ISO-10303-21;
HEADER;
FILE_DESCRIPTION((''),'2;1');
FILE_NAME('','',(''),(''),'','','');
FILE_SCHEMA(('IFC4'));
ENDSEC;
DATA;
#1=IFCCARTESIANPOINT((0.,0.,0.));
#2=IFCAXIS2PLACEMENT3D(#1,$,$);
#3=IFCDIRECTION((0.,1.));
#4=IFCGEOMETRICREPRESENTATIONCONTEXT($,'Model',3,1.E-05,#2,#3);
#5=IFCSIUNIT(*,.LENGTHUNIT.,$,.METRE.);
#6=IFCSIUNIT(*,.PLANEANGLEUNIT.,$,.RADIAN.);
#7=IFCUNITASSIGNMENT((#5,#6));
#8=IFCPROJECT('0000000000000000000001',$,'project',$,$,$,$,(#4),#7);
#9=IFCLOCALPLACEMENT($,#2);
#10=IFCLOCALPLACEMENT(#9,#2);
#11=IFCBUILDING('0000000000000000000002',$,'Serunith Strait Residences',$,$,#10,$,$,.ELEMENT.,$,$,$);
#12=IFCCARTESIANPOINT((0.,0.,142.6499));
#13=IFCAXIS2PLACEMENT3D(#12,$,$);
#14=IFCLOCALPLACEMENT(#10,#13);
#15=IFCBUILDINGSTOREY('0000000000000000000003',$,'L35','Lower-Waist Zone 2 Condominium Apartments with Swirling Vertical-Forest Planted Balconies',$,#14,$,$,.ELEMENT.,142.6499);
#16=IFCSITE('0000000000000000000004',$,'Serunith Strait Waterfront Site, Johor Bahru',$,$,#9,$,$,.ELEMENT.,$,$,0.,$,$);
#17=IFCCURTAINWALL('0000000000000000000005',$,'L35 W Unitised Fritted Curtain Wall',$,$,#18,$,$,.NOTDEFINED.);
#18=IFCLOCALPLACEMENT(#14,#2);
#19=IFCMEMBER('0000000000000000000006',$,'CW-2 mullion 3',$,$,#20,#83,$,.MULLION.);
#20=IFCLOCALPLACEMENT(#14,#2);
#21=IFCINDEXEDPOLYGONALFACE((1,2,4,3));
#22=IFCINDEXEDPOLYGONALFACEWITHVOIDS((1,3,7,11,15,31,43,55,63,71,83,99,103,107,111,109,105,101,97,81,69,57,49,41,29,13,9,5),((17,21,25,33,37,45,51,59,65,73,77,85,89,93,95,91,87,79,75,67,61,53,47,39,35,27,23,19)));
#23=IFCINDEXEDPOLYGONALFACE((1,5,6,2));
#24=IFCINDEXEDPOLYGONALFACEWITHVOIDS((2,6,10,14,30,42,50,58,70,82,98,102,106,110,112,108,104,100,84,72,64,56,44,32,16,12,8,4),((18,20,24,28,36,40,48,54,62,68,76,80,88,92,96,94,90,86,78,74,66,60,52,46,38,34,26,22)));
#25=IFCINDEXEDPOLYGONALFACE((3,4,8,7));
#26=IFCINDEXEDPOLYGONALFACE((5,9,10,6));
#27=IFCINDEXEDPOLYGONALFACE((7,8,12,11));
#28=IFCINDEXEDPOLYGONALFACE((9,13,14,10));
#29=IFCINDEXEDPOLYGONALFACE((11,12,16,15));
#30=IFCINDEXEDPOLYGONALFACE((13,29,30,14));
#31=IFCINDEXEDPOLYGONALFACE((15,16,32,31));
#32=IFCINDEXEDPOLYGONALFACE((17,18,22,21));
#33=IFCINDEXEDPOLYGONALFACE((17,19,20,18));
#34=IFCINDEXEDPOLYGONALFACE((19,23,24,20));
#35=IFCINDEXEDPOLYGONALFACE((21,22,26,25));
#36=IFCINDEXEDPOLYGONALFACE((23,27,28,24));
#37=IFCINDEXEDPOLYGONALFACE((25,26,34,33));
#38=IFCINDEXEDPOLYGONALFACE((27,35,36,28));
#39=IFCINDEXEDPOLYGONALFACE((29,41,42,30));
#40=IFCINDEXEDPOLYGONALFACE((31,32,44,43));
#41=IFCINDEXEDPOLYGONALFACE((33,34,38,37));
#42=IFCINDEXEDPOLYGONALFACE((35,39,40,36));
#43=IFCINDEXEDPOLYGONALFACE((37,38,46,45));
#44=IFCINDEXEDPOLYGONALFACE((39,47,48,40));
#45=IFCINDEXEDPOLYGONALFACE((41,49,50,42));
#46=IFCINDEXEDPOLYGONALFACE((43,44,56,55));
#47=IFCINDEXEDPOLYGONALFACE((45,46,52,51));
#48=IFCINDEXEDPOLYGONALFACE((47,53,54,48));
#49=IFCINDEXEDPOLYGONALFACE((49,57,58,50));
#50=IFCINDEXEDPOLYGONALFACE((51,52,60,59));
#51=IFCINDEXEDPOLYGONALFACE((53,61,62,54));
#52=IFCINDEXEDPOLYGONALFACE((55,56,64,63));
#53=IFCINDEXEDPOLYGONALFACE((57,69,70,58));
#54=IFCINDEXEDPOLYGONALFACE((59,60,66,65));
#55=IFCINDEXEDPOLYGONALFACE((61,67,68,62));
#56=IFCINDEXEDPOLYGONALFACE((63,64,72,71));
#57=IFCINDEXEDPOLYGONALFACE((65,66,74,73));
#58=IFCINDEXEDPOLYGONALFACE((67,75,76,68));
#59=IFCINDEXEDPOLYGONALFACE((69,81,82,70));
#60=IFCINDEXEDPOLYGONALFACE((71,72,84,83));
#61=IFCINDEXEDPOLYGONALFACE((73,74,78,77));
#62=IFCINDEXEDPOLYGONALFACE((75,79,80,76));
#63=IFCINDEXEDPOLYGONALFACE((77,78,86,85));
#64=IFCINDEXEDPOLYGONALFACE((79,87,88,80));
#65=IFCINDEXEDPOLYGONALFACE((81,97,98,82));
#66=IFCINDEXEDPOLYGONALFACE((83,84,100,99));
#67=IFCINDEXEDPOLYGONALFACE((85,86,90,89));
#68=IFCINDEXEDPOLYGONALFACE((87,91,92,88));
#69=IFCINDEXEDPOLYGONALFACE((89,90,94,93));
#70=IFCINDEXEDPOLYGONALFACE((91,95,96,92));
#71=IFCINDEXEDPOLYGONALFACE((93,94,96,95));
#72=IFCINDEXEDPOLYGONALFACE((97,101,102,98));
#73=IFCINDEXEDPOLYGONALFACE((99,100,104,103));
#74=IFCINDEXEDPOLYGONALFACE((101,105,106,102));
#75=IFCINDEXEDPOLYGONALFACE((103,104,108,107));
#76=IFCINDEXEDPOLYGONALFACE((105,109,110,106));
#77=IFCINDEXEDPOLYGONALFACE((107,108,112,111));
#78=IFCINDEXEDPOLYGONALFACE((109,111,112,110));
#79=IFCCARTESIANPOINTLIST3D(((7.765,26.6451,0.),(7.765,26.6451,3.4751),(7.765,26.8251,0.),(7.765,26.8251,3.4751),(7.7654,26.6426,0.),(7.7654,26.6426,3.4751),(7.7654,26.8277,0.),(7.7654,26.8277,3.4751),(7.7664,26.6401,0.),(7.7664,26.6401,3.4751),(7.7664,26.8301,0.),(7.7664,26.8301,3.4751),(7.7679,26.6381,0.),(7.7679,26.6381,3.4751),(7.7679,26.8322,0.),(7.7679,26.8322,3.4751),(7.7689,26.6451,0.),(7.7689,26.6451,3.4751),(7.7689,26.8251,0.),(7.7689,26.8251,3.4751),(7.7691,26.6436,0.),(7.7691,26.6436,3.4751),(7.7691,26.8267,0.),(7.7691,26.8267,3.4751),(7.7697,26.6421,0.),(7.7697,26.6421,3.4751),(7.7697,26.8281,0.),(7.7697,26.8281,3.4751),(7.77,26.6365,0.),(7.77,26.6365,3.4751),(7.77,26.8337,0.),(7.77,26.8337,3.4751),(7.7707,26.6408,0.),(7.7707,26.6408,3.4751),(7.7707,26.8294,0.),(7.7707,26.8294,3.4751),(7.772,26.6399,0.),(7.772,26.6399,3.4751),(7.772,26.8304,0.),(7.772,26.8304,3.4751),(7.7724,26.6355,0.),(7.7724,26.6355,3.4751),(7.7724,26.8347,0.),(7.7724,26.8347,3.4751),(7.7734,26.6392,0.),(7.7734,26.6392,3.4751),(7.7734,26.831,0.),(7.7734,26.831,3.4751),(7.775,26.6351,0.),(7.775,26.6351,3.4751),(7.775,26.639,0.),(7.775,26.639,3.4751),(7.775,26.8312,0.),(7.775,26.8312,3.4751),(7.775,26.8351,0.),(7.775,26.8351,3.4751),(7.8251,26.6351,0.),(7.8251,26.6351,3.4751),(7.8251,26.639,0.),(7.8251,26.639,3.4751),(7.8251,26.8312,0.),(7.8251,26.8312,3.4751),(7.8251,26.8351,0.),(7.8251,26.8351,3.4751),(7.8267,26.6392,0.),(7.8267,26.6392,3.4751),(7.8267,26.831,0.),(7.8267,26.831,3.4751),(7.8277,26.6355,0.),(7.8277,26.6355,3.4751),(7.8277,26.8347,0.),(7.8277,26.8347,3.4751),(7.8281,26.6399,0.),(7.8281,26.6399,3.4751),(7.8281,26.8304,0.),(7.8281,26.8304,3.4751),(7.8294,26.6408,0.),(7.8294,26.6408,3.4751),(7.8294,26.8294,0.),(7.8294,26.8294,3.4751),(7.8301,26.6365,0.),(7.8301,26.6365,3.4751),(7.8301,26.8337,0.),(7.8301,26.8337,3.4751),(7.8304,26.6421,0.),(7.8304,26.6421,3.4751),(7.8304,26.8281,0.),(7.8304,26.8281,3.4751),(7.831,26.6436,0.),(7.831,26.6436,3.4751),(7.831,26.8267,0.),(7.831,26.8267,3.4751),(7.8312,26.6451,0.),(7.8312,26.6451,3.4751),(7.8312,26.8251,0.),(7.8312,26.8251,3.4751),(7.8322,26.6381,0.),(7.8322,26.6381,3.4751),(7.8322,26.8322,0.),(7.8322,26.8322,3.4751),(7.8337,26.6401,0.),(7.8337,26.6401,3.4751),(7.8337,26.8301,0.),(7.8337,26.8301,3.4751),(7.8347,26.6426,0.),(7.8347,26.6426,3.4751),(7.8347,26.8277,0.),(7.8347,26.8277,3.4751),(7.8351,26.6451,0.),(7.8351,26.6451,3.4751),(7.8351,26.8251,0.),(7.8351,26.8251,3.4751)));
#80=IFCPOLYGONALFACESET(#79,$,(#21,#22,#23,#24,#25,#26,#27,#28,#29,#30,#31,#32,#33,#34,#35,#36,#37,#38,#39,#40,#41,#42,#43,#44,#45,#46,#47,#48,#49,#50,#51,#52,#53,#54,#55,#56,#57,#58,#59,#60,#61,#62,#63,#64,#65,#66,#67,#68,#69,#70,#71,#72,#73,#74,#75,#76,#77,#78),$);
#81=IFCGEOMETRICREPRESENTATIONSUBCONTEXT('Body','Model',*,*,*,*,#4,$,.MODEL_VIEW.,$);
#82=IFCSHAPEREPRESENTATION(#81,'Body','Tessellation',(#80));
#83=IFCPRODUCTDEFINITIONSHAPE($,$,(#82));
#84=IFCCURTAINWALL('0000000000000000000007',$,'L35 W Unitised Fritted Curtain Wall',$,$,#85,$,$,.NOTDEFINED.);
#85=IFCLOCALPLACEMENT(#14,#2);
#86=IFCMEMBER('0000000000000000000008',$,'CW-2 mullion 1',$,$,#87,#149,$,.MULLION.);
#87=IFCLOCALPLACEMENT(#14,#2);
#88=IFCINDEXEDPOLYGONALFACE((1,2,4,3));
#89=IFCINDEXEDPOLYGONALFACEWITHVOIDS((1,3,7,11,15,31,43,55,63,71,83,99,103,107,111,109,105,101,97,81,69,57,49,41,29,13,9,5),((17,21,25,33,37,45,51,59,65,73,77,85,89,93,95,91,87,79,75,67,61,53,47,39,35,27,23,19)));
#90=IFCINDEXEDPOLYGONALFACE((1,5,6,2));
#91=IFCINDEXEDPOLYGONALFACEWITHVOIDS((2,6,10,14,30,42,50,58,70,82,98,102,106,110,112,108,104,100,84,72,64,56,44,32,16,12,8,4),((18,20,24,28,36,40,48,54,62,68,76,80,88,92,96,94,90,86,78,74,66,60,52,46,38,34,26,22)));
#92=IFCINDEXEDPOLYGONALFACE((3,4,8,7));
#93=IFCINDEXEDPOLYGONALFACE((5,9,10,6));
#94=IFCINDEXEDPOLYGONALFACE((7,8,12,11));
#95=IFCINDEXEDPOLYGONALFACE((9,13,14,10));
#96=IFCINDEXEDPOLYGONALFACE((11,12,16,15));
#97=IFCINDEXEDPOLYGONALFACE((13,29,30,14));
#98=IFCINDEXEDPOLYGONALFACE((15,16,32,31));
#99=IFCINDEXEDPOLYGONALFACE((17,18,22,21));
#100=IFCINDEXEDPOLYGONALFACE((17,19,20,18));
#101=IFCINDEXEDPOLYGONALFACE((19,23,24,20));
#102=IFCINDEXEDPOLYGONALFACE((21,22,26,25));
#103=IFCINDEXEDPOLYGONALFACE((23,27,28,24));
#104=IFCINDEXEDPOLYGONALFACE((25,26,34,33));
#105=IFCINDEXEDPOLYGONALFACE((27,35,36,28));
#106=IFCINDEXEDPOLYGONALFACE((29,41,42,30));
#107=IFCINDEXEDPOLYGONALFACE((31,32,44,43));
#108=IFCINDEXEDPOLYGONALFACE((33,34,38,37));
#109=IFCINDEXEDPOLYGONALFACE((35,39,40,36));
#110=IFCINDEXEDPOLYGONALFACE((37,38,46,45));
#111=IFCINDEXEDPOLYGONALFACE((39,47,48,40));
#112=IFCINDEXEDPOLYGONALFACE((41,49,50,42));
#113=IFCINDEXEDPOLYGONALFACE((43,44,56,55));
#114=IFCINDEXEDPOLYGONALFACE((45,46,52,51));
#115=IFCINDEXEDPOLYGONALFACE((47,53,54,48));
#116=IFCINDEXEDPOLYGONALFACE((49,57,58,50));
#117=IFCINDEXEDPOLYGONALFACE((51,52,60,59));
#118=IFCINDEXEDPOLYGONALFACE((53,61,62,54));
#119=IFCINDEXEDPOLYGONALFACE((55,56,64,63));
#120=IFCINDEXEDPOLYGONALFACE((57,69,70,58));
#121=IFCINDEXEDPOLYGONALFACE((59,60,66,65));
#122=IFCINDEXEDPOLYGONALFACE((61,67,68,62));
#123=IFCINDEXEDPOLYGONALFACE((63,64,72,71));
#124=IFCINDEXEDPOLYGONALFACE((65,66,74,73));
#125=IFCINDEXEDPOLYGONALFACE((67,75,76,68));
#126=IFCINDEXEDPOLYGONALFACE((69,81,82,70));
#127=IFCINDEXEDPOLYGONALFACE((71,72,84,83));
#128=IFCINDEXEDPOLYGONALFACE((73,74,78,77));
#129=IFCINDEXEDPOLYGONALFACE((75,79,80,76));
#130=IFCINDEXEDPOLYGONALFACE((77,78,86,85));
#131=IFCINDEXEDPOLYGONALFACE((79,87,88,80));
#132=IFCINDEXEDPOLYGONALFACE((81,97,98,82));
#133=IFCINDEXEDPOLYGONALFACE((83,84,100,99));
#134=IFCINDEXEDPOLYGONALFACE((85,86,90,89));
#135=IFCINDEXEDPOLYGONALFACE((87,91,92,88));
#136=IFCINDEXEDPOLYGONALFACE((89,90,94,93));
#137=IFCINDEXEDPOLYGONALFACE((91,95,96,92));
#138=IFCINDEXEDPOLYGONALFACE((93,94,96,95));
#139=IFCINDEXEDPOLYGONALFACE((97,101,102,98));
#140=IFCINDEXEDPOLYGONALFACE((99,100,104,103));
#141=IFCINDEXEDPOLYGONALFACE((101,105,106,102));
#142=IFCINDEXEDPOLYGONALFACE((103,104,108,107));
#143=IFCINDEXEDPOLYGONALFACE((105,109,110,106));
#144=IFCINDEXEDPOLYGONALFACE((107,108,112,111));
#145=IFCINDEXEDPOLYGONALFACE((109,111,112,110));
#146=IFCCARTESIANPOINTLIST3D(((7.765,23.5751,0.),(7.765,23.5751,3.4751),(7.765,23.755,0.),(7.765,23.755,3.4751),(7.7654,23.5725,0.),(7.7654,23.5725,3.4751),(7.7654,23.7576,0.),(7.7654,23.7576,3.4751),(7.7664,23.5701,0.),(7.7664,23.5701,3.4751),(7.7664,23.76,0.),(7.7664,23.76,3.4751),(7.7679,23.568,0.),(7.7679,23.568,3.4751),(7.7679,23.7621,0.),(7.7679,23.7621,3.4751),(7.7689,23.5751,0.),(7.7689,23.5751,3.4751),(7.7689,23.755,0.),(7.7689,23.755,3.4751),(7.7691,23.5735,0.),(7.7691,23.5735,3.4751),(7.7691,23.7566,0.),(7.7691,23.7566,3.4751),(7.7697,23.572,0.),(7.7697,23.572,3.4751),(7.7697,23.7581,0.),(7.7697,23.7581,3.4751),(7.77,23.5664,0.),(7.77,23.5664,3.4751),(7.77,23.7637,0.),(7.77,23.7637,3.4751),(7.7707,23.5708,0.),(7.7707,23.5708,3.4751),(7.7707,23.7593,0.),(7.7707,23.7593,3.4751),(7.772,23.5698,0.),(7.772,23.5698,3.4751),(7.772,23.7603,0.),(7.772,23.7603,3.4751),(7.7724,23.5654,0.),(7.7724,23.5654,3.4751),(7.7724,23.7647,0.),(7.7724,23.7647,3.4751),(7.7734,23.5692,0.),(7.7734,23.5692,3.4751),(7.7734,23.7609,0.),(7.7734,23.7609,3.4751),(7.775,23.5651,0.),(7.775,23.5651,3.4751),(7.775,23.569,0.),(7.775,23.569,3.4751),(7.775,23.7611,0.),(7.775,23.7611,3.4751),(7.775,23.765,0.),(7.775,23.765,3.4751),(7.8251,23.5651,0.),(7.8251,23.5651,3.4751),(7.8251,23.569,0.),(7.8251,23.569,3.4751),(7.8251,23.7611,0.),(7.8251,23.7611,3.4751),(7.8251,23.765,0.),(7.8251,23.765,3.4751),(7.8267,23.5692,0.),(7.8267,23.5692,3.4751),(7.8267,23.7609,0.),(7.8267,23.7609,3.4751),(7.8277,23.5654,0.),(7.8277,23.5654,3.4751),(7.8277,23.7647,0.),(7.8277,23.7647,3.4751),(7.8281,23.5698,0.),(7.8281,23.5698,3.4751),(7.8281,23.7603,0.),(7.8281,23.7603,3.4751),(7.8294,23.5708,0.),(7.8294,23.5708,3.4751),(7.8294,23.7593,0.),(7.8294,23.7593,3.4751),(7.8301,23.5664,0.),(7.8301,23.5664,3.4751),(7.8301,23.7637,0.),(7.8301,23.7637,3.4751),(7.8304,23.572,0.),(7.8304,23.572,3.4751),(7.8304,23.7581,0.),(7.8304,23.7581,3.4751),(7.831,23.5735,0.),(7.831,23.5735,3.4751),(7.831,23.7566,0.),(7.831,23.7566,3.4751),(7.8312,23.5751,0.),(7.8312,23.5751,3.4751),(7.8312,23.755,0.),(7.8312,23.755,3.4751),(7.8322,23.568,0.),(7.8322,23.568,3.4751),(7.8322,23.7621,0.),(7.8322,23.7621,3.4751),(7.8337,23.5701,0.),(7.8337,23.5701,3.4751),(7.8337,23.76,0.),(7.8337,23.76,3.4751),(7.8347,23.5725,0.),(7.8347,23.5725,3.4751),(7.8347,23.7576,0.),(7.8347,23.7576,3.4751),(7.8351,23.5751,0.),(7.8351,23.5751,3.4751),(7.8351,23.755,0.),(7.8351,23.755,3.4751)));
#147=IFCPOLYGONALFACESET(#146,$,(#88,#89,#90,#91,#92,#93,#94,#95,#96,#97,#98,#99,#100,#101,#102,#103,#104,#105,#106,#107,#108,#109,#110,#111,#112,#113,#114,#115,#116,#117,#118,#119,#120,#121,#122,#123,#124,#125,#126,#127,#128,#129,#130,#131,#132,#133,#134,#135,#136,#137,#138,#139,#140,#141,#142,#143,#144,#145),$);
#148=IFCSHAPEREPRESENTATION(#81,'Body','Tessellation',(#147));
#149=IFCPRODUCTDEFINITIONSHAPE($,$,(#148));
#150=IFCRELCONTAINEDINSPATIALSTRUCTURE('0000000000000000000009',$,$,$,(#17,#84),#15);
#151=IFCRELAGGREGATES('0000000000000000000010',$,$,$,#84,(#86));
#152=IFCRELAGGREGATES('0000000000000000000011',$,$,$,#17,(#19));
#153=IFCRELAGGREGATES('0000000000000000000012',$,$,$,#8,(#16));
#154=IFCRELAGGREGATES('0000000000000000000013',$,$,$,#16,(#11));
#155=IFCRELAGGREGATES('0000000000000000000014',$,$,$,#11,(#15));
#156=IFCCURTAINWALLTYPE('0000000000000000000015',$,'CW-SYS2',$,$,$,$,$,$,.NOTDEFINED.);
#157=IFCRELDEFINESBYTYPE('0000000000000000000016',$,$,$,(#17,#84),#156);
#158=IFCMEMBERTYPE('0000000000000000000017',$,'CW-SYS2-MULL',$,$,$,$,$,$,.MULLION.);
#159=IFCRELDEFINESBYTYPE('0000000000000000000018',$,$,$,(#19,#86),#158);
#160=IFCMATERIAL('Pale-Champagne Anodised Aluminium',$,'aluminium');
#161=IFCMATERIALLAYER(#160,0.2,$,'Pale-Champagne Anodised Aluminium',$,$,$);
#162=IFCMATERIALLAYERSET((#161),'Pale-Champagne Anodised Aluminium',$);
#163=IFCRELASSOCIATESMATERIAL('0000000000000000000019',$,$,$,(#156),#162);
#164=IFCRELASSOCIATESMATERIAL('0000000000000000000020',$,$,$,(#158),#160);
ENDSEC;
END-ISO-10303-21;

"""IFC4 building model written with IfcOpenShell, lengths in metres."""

from ifc_helpers import new_model, si_unit, direction, frame, origin, origin_2d, place, context, subcontext, project, spatial, hollow_rectangle, extrude, source, transform, mapped, material, layer, layer_set, material_profile, profile_set, type_object, element, aggregate, save


model = new_model("IFC4")

# Units and contexts
model_context = context("Model", 3, precision=1e-05, world=origin(), true_north=direction((0.0, 1.0)))
body_context = subcontext(model_context, "Body", "Model", "MODEL_VIEW")
ifc_project = project(units=[si_unit("LENGTHUNIT", "METRE"), si_unit("PLANEANGLEUNIT", "RADIAN")], contexts=[model_context])

# Site, building, storey
site_placement = place(None, origin())
site = spatial("IfcSite", under=ifc_project, at=site_placement, Name="Serunith Strait Waterfront Site, Johor Bahru", CompositionType="ELEMENT", RefElevation=0.0)
building_placement = place(site_placement, origin())
building = spatial("IfcBuilding", under=site, at=building_placement, Name="Serunith Strait Residences", CompositionType="ELEMENT")
storey_placement = place(building_placement, frame((0.0, 0.0, 142.6499)))
storey = spatial("IfcBuildingStorey", under=building, at=storey_placement, Name="L35", Description="Lower-Waist Zone 2 Condominium Apartments with Swirling Vertical-Forest Planted Balconies", CompositionType="ELEMENT", Elevation=142.6499)

# Curtain walls, members
ifc_material_1 = material(Name="Pale-Champagne Anodised Aluminium", Category="aluminium")
ifc_layer_1 = layer(ifc_material_1, 0.2, Name="Pale-Champagne Anodised Aluminium")
ifc_layer_set_1 = layer_set([ifc_layer_1], Name="Pale-Champagne Anodised Aluminium")
curtain_wall_type = type_object("IfcCurtainWallType", Name="CW-SYS2", PredefinedType="NOTDEFINED", material=ifc_layer_set_1)
curtain_wall_1_placement = place(storey_placement, origin())
curtain_wall_1 = element("IfcCurtainWall", 1, at=curtain_wall_1_placement, inside=storey, type_object=curtain_wall_type, Name="L35 W Unitised Fritted Curtain Wall", PredefinedType="NOTDEFINED")
ifc_material_profile_1 = material_profile(ifc_material_1, hollow_rectangle(XDim=0.0701, YDim=0.2, WallThickness=0.0039, InnerFilletRadius=0.0061, OuterFilletRadius=0.01, at=origin_2d()), Name="ALU 200x70x4")
ifc_profile_set_1 = profile_set([ifc_material_profile_1], Name="Pale-Champagne Anodised Aluminium")
member_type_1 = type_object("IfcMemberType", Name="CW-SYS2-MULL", PredefinedType="MULLION", material=ifc_profile_set_1)
shared_shape_1 = source(origin(), body_context, "Body", "SweptSolid", [
    extrude(hollow_rectangle(XDim=0.0701, YDim=0.2, WallThickness=0.0039, InnerFilletRadius=0.0061, OuterFilletRadius=0.01, at=origin_2d()), origin(), (0.0, 0.0, 1.0), 3.4751),
])
member_1_placement = place(storey_placement, frame((7.8, 26.7351, 0.0), z_axis=(0.0, 0.0, 1.0), x_axis=(1.0, 0.0, 0.0)))
member_1 = element("IfcMember", 2, at=member_1_placement, type_object=member_type_1, Name="CW-2 mullion 3", PredefinedType="MULLION", context=body_context, shape_type="MappedRepresentation", body=[
    mapped(shared_shape_1, transform((0.0, 0.0, 0.0), scale=1.0)),
])
curtain_wall_2_placement = place(storey_placement, origin())
curtain_wall_2 = element("IfcCurtainWall", 3, at=curtain_wall_2_placement, inside=storey, type_object=curtain_wall_type, Name="L35 W Unitised Fritted Curtain Wall", PredefinedType="NOTDEFINED")
member_2_placement = place(storey_placement, frame((7.8, 23.665, 0.0), z_axis=(0.0, 0.0, 1.0), x_axis=(1.0, 0.0, 0.0)))
member_2 = element("IfcMember", 4, at=member_2_placement, type_object=member_type_1, Name="CW-2 mullion 1", PredefinedType="MULLION", context=body_context, shape_type="MappedRepresentation", body=[
    mapped(shared_shape_1, transform((0.0, 0.0, 0.0), scale=1.0)),
])

aggregate(curtain_wall_2, [member_2])

aggregate(curtain_wall_1, [member_1])

save(model, "model.ifc")
